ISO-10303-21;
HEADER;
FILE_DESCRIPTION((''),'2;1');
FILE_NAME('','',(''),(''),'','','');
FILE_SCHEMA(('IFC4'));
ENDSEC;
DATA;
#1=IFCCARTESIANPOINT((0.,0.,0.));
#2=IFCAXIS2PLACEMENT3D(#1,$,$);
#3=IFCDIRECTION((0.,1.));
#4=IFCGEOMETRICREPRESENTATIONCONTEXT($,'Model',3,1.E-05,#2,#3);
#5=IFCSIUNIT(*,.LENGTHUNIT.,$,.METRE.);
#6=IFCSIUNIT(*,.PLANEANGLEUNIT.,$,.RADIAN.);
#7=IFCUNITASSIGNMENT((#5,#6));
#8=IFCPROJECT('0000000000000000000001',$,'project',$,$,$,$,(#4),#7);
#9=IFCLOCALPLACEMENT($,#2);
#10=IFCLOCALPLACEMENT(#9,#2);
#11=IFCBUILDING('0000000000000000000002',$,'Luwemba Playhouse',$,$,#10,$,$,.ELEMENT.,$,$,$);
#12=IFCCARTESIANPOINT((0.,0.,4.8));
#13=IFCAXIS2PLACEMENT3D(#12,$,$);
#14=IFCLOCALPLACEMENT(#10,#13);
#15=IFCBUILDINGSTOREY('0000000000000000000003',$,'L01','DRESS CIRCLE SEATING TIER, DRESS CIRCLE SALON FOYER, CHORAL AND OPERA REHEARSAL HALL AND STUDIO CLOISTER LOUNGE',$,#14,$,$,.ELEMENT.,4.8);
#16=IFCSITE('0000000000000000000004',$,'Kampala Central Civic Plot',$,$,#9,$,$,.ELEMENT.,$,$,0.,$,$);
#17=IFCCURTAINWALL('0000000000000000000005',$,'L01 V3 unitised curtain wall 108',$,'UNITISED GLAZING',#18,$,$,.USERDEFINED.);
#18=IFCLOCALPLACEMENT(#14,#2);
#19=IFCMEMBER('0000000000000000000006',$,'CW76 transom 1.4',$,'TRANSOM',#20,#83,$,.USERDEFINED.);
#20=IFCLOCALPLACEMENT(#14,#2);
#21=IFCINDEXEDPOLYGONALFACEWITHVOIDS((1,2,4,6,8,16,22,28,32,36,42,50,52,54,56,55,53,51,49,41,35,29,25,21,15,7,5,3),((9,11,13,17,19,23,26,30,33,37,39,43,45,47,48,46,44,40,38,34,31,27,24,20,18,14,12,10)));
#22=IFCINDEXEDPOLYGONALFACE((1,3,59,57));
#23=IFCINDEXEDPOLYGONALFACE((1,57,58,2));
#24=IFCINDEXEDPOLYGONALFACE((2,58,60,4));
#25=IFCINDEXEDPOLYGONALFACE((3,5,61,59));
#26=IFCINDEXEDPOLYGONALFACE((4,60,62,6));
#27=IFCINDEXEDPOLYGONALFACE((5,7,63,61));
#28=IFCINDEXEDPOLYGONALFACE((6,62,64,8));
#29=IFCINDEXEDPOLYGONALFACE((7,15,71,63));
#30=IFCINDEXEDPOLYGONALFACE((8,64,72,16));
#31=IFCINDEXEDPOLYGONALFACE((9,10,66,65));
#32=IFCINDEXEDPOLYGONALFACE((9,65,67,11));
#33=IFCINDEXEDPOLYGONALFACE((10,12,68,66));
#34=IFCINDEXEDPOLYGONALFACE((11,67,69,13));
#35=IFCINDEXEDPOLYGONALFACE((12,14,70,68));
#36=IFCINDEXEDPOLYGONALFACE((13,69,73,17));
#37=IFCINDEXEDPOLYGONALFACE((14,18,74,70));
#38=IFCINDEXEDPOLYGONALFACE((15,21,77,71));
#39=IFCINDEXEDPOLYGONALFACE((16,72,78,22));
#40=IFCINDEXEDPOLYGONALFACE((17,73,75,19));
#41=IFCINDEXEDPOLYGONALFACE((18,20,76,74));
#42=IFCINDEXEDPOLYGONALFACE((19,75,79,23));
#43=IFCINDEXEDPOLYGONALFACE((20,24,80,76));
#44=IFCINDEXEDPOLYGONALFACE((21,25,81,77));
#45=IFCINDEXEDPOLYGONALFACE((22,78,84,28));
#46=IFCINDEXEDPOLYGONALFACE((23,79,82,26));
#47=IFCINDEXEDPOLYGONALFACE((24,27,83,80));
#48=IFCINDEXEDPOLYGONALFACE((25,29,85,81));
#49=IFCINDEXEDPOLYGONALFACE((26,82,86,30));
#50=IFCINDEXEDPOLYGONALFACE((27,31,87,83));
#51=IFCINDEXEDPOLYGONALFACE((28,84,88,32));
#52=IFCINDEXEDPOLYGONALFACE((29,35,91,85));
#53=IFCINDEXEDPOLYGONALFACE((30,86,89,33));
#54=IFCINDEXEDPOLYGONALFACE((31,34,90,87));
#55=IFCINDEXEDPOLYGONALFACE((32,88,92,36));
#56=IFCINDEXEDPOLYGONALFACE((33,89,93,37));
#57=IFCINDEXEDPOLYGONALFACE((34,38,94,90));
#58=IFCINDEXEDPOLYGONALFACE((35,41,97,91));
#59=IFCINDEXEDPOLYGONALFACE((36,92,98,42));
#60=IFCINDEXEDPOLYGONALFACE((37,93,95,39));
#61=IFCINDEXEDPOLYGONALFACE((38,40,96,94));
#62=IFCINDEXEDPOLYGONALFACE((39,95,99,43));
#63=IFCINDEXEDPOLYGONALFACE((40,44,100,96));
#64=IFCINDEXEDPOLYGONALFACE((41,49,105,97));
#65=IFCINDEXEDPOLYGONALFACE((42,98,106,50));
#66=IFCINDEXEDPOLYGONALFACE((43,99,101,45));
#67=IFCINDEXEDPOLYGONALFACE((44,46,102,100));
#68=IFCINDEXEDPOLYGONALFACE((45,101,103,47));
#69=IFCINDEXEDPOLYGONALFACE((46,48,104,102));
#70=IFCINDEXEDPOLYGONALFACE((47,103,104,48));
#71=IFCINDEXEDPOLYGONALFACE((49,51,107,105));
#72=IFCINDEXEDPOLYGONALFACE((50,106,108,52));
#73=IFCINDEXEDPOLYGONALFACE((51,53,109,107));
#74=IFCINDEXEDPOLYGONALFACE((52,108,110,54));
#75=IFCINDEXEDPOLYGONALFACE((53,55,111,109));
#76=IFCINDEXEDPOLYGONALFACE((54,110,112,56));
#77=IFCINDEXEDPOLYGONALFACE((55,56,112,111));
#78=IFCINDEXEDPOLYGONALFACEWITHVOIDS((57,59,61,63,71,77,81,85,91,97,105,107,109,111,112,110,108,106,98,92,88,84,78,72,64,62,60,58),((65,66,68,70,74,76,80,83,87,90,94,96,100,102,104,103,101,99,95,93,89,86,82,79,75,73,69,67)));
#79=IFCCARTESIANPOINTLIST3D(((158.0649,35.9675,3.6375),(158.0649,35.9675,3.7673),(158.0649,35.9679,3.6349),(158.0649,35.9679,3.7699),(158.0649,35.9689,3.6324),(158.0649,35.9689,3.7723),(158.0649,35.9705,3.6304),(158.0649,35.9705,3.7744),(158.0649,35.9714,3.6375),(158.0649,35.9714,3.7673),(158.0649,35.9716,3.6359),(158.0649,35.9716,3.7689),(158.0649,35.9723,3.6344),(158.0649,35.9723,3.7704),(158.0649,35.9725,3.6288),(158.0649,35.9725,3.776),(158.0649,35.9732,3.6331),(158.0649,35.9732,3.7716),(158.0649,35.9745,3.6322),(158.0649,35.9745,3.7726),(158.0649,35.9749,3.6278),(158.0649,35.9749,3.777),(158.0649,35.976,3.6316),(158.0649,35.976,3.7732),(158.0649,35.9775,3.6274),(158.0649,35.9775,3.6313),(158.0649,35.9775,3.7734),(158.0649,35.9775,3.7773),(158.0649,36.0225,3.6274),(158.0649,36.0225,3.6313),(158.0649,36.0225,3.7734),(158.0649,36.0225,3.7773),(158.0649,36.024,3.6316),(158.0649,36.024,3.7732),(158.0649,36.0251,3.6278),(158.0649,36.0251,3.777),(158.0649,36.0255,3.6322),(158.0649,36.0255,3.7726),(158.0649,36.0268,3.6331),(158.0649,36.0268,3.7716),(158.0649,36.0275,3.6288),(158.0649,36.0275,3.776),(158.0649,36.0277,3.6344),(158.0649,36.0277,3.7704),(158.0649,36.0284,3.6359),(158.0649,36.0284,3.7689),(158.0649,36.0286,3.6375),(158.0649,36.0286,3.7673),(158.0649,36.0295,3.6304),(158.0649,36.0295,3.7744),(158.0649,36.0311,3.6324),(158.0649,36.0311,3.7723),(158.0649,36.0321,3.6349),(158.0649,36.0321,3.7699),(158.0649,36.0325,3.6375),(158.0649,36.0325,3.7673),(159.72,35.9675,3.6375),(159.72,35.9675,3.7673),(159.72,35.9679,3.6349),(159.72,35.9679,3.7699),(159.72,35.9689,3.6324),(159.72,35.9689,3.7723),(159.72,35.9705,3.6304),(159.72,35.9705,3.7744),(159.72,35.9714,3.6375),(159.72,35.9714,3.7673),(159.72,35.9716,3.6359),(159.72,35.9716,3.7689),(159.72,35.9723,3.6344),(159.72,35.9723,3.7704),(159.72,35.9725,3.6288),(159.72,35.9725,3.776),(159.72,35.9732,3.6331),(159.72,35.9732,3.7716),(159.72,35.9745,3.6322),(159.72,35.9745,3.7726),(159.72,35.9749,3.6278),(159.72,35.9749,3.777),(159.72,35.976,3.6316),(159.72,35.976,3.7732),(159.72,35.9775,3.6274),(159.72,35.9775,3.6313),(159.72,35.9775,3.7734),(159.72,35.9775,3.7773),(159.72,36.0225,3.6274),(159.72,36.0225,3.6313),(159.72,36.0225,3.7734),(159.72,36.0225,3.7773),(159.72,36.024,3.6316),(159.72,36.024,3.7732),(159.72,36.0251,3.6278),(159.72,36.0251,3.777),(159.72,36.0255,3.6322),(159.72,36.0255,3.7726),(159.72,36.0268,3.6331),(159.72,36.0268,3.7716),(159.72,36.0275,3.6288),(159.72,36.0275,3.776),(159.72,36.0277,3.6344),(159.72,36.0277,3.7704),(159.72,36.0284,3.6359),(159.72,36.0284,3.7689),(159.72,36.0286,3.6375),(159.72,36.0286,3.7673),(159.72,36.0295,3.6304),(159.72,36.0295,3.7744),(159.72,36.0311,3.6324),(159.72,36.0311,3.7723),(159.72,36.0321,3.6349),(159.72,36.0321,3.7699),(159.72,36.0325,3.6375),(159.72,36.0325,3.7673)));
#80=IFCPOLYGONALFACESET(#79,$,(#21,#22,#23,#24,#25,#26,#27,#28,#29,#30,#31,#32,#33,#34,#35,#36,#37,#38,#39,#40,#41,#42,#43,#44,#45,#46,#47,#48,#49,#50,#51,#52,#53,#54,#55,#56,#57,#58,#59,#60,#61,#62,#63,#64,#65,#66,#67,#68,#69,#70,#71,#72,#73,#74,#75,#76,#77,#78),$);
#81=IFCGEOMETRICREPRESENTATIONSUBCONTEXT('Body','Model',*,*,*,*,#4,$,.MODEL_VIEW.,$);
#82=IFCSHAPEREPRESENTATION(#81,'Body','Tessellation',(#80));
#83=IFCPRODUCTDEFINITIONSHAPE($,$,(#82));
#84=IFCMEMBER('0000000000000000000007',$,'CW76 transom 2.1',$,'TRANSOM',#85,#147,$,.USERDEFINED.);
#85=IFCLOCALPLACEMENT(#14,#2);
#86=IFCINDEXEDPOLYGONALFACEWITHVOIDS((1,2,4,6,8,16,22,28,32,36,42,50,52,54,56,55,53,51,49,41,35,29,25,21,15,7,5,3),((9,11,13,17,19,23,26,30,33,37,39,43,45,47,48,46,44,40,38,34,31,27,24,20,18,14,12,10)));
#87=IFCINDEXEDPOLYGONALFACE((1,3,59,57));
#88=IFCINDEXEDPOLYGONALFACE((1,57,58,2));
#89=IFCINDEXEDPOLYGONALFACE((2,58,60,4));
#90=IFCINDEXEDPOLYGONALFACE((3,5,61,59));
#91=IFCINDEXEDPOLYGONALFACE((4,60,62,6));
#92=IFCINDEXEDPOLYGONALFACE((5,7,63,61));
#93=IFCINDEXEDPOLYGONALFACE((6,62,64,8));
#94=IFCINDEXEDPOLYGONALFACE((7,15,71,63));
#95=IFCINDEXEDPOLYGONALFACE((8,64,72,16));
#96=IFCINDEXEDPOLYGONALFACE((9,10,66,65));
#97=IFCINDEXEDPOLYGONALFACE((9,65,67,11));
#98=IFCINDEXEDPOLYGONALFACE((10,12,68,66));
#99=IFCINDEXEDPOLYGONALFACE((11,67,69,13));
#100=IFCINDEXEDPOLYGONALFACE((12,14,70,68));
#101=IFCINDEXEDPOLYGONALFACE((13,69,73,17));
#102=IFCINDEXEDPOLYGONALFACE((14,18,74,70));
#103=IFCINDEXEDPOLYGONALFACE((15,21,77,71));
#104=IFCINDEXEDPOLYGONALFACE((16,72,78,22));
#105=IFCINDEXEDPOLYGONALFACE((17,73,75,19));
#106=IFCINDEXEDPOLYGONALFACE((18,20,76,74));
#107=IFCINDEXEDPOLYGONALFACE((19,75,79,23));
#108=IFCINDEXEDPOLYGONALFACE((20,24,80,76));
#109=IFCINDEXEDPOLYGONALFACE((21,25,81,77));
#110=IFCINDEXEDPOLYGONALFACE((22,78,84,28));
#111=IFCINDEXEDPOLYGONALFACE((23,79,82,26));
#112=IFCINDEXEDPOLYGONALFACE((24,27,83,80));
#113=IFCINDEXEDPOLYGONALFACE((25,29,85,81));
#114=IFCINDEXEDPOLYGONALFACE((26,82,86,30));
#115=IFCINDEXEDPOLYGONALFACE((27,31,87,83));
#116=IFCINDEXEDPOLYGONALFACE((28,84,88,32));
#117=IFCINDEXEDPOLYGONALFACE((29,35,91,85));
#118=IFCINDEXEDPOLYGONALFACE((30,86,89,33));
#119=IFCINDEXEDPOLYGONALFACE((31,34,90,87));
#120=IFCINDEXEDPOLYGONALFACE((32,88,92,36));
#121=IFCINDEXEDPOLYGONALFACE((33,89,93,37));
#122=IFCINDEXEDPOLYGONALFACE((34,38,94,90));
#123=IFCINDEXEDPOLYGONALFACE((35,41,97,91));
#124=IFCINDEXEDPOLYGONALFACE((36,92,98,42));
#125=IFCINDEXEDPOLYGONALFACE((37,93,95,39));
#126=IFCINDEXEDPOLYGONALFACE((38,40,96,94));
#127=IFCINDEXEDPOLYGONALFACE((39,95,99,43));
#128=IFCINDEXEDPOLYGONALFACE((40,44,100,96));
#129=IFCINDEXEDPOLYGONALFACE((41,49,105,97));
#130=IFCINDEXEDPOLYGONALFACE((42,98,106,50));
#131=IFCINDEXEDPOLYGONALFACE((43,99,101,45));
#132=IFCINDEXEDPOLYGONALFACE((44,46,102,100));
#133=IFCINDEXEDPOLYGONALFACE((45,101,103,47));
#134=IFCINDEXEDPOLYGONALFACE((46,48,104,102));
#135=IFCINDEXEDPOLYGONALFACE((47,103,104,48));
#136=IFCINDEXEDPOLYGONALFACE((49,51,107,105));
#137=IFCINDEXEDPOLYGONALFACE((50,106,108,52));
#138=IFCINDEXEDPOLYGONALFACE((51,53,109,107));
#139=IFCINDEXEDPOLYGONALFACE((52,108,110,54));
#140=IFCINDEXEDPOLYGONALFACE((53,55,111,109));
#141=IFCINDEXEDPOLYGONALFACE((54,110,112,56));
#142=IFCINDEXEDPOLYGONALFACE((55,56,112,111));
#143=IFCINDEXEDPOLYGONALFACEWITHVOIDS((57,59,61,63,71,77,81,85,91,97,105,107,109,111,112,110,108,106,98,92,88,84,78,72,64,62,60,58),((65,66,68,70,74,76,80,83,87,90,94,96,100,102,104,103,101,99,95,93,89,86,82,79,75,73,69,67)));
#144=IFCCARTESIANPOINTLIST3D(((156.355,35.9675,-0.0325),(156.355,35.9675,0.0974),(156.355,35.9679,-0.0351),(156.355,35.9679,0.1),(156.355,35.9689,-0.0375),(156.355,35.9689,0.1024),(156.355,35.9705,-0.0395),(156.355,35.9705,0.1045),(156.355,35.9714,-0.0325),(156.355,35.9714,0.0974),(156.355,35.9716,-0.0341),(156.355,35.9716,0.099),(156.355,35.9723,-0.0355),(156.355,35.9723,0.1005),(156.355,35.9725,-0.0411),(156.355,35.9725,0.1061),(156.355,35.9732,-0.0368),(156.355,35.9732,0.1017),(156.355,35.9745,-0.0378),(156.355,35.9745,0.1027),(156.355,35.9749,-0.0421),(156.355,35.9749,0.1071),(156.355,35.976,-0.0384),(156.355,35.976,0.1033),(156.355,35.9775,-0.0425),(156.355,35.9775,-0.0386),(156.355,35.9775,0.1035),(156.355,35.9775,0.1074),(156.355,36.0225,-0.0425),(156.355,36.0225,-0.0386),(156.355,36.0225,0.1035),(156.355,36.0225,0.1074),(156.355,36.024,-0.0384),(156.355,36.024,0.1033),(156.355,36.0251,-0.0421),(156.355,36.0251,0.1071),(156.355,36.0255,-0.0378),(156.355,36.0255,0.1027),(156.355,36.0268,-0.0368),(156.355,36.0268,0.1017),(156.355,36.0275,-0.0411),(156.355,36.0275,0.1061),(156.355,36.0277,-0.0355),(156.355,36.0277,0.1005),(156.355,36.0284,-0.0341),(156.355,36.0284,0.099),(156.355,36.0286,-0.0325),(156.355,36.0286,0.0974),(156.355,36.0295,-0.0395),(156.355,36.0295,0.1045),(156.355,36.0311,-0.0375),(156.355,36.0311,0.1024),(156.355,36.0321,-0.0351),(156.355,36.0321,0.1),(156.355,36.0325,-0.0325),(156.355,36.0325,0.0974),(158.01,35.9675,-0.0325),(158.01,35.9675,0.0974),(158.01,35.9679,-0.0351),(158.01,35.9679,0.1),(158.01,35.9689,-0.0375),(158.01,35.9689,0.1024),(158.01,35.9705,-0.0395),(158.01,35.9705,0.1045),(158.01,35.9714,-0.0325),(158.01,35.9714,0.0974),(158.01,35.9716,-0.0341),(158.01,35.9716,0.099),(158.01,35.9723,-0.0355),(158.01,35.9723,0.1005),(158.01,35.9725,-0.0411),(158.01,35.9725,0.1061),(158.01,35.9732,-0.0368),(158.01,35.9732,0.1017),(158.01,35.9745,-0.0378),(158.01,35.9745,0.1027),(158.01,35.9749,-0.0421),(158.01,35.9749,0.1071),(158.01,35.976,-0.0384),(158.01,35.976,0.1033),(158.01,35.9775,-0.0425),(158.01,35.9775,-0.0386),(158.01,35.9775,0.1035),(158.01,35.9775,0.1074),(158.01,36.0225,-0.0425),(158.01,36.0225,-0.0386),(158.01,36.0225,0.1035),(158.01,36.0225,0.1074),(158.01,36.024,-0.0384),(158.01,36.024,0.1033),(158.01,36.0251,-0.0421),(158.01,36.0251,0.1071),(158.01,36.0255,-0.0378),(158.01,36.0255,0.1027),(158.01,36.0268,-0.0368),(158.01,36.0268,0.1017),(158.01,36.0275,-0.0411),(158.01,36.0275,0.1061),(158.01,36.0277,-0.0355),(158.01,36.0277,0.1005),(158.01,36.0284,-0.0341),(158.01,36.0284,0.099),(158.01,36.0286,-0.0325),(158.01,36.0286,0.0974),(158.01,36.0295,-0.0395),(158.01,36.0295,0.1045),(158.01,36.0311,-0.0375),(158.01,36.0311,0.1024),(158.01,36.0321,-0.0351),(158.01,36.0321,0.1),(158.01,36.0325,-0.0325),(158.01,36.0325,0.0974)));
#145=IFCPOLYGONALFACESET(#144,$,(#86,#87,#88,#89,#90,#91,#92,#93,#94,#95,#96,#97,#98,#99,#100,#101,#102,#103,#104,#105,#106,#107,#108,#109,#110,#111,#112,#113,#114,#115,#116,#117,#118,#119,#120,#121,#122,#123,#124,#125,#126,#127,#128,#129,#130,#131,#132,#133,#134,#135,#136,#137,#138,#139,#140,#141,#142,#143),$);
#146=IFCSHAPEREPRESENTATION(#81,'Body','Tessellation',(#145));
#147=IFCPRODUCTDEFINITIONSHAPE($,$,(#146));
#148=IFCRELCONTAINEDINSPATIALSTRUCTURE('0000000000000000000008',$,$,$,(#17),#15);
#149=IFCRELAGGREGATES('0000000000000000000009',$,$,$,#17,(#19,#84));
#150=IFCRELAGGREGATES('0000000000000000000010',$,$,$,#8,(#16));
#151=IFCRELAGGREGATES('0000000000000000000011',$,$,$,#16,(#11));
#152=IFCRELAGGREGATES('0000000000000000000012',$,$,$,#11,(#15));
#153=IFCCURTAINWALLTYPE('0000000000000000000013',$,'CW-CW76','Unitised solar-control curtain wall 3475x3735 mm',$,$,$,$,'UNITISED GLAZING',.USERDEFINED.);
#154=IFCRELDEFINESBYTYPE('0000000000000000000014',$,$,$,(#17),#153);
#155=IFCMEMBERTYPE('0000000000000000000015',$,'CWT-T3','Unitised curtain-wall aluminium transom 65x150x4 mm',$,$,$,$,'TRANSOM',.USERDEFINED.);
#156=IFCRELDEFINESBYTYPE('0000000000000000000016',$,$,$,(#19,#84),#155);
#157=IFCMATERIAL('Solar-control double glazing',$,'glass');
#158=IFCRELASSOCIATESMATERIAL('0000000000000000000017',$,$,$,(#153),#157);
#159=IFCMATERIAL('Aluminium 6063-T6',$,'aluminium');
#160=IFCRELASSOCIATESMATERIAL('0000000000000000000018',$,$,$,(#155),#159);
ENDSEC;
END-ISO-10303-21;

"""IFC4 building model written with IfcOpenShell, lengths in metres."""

from ifc_helpers import new_model, si_unit, direction, frame, origin, origin_2d, place, context, subcontext, project, spatial, hollow_rectangle, extrude, material, material_profile, profile_set, type_object, element, aggregate, save


model = new_model("IFC4")

# Units and contexts
model_context = context("Model", 3, precision=1e-05, world=origin(), true_north=direction((0.0, 1.0)))
body_context = subcontext(model_context, "Body", "Model", "MODEL_VIEW")
ifc_project = project(units=[si_unit("LENGTHUNIT", "METRE"), si_unit("PLANEANGLEUNIT", "RADIAN")], contexts=[model_context])

# Site, building, storey
site_placement = place(None, origin())
site = spatial("IfcSite", under=ifc_project, at=site_placement, Name="Kampala Central Civic Plot", CompositionType="ELEMENT", RefElevation=0.0)
building_placement = place(site_placement, origin())
building = spatial("IfcBuilding", under=site, at=building_placement, Name="Luwemba Playhouse", CompositionType="ELEMENT")
storey_placement = place(building_placement, frame((0.0, 0.0, 4.8)))
storey = spatial("IfcBuildingStorey", under=building, at=storey_placement, Name="L01", Description="DRESS CIRCLE SEATING TIER, DRESS CIRCLE SALON FOYER, CHORAL AND OPERA REHEARSAL HALL AND STUDIO CLOISTER LOUNGE", CompositionType="ELEMENT", Elevation=4.8)

# Curtain wall, members
ifc_material_1 = material(Name="Solar-control double glazing", Category="glass")
curtain_wall_type = type_object("IfcCurtainWallType", Name="CW-CW76", Description="Unitised solar-control curtain wall 3475x3735 mm", ElementType="UNITISED GLAZING", PredefinedType="USERDEFINED", material=ifc_material_1)
curtain_wall_placement = place(storey_placement, origin())
curtain_wall = element("IfcCurtainWall", 1, at=curtain_wall_placement, inside=storey, type_object=curtain_wall_type, Name="L01 V3 unitised curtain wall 108", ObjectType="UNITISED GLAZING", PredefinedType="USERDEFINED")
ifc_material_2 = material(Name="Aluminium 6063-T6", Category="aluminium")
ifc_material_profile_1 = material_profile(ifc_material_2, hollow_rectangle(XDim=0.0649, YDim=0.1499, WallThickness=0.0039, InnerFilletRadius=0.0061, OuterFilletRadius=0.01, at=origin_2d()))
ifc_profile_set_1 = profile_set([ifc_material_profile_1], Name="Aluminium 6063-T6")
member_type_1 = type_object("IfcMemberType", Name="CWT-T3", Description="Unitised curtain-wall aluminium transom 65x150x4 mm", ElementType="TRANSOM", PredefinedType="USERDEFINED", material=ifc_profile_set_1)
member_1_placement = place(storey_placement, frame((159.72, 36.0, 3.7024), z_axis=(-1.0, 0.0, 0.0), x_axis=(0.0, -1.0, 0.0)))
member_1 = element("IfcMember", 2, at=member_1_placement, type_object=member_type_1, Name="CW76 transom 1.4", ObjectType="TRANSOM", PredefinedType="USERDEFINED", context=body_context, shape_type="SweptSolid", body=[
    extrude(hollow_rectangle(XDim=0.0649, YDim=0.1499, WallThickness=0.0039, InnerFilletRadius=0.0061, OuterFilletRadius=0.01, at=origin_2d()), origin(), (0.0, 0.0, 1.0), 1.655),
])
member_2_placement = place(storey_placement, frame((158.01, 36.0, 0.0325), z_axis=(-1.0, 0.0, 0.0), x_axis=(0.0, -1.0, 0.0)))
member_2 = element("IfcMember", 3, at=member_2_placement, type_object=member_type_1, Name="CW76 transom 2.1", ObjectType="TRANSOM", PredefinedType="USERDEFINED", context=body_context, shape_type="SweptSolid", body=[
    extrude(hollow_rectangle(XDim=0.0649, YDim=0.1499, WallThickness=0.0039, InnerFilletRadius=0.0061, OuterFilletRadius=0.01, at=origin_2d()), origin(), (0.0, 0.0, 1.0), 1.655),
])

aggregate(curtain_wall, [member_1, member_2])

save(model, "model.ifc")
